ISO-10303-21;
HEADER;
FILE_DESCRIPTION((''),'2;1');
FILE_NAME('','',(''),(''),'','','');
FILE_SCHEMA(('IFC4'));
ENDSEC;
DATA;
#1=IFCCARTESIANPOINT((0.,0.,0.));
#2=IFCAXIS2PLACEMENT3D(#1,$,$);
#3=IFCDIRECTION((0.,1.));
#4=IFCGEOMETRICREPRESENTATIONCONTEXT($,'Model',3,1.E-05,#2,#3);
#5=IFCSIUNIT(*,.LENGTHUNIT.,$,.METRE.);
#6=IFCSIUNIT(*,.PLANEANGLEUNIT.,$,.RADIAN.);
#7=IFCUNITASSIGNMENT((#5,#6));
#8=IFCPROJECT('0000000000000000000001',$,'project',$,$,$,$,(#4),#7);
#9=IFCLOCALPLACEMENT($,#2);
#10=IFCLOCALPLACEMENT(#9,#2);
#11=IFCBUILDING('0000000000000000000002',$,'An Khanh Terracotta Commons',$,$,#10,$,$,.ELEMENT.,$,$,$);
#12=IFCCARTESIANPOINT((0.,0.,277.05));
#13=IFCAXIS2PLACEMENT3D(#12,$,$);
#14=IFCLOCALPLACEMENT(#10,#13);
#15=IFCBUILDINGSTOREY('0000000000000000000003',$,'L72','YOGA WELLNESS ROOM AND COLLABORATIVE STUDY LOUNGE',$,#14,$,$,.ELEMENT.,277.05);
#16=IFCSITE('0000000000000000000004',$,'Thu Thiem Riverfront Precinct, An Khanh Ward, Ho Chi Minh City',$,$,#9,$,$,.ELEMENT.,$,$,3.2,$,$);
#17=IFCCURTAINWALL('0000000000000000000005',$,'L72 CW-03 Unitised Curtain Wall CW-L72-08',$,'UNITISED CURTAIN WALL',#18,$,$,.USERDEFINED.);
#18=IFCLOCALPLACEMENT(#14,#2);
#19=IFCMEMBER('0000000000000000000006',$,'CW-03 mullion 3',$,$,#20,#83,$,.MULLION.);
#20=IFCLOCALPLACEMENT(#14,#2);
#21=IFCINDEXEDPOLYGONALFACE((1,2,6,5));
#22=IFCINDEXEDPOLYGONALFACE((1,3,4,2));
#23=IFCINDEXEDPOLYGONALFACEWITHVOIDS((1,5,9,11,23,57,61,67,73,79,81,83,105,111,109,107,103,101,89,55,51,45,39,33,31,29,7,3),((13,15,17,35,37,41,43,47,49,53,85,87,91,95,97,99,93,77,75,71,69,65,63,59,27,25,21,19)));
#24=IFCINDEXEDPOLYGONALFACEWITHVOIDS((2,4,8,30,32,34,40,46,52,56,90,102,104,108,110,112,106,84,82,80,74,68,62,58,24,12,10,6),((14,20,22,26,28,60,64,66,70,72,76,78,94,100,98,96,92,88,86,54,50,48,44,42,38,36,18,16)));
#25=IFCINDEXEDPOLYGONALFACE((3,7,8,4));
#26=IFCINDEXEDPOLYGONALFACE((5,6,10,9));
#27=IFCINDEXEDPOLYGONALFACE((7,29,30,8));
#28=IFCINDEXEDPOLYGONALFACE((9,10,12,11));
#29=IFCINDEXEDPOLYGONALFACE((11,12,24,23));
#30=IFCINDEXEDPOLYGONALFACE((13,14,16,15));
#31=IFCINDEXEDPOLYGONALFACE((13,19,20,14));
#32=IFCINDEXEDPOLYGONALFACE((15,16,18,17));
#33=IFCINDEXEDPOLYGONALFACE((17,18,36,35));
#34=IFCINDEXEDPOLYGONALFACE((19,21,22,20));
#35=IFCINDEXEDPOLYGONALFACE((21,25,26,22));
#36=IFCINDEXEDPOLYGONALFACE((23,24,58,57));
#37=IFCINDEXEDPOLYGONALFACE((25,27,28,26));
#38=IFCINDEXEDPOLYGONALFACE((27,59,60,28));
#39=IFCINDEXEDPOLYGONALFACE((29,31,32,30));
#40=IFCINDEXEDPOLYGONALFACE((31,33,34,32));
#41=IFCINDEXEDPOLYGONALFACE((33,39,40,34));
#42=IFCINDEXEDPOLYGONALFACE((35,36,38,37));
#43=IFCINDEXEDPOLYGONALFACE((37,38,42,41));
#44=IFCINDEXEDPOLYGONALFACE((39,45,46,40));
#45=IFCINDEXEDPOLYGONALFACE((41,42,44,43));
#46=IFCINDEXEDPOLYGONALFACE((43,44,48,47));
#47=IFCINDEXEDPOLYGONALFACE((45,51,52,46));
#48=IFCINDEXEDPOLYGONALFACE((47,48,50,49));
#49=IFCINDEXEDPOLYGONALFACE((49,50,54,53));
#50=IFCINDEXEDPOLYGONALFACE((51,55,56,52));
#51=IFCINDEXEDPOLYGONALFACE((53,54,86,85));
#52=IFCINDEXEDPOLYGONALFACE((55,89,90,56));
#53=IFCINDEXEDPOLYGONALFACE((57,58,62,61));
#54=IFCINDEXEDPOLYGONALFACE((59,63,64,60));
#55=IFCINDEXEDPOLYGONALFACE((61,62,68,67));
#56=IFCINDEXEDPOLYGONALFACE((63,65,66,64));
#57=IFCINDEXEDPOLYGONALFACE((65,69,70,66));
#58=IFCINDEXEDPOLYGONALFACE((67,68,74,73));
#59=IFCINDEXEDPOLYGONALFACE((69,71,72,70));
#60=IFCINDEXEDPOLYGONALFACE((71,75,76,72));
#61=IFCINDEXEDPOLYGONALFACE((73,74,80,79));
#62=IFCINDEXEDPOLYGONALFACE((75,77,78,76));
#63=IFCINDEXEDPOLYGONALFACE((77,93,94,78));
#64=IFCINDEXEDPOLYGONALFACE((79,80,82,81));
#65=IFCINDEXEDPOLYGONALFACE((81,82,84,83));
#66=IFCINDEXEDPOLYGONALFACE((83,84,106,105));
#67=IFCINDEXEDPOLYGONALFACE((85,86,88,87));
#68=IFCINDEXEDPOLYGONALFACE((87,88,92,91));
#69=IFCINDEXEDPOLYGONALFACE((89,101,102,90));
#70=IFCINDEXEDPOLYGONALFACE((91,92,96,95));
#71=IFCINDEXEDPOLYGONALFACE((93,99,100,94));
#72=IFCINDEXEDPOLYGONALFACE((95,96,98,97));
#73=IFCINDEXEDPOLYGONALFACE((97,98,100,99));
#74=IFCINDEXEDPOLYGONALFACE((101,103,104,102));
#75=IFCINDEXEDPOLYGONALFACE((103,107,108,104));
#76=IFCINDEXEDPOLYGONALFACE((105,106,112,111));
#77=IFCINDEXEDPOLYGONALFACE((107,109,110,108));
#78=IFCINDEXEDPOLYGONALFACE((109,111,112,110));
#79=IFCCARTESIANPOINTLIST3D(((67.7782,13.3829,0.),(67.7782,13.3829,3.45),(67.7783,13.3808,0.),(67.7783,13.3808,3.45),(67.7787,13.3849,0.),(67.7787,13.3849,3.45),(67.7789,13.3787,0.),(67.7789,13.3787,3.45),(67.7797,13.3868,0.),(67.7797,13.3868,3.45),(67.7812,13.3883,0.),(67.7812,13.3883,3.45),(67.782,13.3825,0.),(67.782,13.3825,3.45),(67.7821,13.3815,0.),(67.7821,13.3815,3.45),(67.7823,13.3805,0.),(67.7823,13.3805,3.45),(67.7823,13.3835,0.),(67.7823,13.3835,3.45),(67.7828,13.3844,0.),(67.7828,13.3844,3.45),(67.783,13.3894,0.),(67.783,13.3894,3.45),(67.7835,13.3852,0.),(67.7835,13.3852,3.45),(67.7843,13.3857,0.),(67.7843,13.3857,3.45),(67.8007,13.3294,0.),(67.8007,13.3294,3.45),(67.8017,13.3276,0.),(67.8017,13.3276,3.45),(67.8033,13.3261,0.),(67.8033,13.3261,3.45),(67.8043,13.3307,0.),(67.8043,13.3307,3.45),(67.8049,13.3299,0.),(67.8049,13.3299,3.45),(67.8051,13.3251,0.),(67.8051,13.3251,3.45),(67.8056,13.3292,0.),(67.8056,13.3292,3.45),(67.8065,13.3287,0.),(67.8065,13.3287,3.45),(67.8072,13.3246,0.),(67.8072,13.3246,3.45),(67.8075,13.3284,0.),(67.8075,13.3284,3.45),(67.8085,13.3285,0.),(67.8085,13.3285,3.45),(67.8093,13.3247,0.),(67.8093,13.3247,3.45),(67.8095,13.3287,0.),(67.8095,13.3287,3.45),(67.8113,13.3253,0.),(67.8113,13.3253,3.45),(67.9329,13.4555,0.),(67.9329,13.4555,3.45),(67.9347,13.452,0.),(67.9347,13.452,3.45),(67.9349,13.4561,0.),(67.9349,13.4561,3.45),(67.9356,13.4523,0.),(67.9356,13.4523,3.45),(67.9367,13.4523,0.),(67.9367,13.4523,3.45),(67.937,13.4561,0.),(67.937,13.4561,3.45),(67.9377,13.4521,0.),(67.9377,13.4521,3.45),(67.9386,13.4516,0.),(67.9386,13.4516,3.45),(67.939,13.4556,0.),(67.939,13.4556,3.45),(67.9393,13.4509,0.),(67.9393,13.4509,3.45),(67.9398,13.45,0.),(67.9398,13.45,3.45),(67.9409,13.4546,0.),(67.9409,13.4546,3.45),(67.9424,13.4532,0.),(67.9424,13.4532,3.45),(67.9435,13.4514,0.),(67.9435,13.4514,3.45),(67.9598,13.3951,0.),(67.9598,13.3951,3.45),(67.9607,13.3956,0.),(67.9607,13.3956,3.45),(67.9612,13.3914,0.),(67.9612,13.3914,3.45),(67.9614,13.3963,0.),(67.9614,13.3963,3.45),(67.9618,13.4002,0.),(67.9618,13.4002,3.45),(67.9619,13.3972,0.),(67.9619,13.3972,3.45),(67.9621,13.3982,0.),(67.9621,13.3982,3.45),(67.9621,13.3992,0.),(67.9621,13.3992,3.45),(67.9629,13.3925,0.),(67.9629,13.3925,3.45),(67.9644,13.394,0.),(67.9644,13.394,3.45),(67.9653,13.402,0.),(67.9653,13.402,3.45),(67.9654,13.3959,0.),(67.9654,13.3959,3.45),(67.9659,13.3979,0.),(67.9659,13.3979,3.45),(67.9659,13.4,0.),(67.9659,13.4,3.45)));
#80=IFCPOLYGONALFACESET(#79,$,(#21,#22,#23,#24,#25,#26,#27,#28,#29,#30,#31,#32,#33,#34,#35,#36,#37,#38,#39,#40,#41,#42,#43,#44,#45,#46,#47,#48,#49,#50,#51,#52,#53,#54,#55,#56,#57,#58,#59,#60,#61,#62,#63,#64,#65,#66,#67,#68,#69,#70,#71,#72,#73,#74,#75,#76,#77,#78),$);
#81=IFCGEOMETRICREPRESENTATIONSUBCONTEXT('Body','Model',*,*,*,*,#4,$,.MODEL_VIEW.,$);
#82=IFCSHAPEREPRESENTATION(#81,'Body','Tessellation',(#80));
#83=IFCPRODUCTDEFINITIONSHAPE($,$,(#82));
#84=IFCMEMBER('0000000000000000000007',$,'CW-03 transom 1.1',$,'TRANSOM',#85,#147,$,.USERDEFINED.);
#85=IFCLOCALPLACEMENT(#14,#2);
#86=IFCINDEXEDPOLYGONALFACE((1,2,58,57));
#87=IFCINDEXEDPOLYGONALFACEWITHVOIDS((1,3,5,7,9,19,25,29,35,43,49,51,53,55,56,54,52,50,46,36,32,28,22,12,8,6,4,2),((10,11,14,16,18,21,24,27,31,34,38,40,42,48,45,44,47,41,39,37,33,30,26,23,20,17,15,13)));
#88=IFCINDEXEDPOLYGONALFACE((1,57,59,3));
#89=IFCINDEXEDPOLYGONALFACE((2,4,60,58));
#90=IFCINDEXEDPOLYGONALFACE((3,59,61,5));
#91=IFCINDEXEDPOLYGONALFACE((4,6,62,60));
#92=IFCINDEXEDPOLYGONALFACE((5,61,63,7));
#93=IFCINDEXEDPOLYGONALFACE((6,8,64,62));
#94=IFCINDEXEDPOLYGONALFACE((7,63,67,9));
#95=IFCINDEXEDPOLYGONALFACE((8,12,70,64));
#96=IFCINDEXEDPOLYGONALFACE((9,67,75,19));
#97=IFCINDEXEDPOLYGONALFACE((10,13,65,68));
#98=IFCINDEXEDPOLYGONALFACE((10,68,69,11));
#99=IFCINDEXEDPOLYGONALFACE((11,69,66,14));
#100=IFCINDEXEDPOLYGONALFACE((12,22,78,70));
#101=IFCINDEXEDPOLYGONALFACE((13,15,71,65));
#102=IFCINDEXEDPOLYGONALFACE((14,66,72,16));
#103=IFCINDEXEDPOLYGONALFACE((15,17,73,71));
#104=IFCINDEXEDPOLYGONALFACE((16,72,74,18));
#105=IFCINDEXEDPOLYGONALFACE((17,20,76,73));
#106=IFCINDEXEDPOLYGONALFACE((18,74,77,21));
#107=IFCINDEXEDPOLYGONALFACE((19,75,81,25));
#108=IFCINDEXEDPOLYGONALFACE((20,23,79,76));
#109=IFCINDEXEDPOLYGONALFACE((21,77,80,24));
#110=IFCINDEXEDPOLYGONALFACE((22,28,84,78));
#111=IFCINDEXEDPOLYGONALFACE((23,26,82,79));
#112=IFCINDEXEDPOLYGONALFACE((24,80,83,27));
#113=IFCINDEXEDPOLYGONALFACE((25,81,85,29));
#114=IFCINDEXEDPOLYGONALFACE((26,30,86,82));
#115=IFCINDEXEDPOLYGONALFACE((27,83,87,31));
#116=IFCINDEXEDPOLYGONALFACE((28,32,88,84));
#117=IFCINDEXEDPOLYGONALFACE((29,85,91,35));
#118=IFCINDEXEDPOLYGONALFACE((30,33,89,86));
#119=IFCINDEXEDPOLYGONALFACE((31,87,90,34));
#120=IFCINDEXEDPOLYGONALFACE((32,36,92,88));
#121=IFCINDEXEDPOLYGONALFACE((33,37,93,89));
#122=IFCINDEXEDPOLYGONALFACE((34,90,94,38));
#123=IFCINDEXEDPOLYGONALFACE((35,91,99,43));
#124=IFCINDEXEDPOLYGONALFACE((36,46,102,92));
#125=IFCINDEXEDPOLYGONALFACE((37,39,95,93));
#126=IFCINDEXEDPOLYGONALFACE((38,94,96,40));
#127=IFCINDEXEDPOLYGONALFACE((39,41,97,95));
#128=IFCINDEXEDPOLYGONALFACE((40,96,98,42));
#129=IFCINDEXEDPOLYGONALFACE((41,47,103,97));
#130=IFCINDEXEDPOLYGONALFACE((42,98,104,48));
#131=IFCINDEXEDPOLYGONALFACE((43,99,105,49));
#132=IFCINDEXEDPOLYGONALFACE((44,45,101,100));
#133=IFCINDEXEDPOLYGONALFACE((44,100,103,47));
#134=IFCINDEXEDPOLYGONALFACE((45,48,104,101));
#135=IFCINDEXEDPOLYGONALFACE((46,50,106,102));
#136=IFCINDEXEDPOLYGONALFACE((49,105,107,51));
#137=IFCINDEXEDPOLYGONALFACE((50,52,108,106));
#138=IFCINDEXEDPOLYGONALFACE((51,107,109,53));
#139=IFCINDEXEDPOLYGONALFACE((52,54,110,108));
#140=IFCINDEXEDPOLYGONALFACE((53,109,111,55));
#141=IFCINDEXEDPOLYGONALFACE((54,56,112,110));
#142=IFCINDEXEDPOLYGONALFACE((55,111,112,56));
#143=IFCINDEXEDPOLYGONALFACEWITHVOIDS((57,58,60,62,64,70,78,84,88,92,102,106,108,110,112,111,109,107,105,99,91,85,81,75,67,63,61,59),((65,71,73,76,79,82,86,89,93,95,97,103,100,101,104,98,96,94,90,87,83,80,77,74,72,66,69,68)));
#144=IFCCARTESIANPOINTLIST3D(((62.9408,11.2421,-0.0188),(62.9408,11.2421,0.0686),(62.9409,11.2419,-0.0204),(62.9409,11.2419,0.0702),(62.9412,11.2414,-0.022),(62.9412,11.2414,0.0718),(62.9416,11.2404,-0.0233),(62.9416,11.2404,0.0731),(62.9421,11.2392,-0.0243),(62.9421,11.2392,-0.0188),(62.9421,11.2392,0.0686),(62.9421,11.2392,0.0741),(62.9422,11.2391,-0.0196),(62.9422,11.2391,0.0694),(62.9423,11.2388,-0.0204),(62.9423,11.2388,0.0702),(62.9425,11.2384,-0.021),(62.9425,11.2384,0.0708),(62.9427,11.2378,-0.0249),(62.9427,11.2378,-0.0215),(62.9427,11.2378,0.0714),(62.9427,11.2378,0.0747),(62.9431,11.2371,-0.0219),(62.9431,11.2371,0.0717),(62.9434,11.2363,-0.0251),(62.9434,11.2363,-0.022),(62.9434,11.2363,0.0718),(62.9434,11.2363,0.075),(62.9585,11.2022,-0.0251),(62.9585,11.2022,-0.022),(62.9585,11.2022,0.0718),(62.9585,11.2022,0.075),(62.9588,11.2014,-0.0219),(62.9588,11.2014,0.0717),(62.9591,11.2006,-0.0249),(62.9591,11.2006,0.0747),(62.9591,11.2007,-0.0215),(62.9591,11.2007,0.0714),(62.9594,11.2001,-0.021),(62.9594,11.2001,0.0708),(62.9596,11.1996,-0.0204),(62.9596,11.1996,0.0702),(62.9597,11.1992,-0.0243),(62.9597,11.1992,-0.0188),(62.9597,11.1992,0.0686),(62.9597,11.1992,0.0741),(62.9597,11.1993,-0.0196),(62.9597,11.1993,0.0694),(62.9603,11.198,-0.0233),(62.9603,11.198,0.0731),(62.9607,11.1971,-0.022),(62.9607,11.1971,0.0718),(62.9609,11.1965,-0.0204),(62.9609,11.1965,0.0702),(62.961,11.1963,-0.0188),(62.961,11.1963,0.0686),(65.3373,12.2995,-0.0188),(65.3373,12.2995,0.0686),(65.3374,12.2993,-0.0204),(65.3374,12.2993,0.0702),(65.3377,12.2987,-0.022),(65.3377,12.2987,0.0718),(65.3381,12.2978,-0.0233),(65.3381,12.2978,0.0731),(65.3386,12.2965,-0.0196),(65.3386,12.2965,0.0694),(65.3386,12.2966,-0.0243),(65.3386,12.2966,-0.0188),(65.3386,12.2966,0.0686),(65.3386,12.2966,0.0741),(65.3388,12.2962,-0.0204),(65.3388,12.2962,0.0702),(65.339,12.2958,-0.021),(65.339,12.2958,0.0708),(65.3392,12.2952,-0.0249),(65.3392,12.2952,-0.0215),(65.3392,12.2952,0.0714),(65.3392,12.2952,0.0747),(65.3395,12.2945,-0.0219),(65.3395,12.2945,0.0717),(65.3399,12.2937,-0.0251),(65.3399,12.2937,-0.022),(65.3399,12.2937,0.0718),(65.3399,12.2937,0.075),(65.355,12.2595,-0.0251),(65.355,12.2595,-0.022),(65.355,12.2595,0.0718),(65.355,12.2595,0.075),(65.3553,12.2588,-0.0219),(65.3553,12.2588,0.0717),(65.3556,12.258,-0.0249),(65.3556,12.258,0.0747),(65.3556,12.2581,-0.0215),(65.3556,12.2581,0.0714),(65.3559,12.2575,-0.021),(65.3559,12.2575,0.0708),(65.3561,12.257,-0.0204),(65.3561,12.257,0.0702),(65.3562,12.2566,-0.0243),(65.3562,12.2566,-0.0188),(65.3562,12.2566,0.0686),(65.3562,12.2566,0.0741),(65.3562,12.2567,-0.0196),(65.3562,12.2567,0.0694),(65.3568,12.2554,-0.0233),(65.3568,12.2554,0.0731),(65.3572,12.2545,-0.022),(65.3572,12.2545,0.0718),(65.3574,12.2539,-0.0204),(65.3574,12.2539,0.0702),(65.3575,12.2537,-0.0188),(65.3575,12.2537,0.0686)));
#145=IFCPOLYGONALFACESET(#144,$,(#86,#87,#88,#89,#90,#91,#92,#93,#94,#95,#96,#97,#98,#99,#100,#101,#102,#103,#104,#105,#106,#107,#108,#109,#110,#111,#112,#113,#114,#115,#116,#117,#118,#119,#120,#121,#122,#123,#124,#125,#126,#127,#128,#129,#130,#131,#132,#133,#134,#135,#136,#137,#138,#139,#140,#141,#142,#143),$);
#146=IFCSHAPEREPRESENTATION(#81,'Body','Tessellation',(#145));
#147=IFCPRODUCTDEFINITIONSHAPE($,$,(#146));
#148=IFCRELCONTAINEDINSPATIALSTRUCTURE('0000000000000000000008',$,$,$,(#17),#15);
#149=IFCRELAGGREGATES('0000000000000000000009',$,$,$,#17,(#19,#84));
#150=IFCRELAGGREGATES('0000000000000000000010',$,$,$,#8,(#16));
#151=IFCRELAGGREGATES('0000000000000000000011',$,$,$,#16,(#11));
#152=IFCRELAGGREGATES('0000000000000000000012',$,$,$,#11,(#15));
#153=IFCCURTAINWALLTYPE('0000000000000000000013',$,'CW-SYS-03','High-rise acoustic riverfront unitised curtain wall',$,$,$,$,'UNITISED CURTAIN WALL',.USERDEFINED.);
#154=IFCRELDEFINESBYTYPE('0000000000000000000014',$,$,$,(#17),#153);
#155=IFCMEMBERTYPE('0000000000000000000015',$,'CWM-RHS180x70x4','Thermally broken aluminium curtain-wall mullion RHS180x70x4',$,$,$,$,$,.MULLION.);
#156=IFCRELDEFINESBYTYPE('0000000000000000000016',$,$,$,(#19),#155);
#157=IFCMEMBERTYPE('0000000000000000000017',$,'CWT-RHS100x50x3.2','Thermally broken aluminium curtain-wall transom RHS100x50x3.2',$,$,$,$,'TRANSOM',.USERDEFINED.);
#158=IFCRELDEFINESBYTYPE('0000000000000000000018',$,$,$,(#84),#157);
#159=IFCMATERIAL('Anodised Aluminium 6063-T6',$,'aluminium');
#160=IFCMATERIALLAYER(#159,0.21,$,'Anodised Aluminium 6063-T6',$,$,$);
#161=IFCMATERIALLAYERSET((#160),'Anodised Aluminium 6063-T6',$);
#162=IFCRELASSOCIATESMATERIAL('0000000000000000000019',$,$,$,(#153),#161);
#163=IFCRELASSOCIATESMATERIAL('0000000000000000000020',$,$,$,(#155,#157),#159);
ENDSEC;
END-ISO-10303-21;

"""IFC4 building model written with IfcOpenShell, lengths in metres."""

from ifc_helpers import new_model, si_unit, direction, frame, origin, origin_2d, place, context, subcontext, project, spatial, hollow_rectangle, extrude, material, layer, layer_set, material_profile, profile_set, type_object, element, aggregate, save


model = new_model("IFC4")

# Units and contexts
model_context = context("Model", 3, precision=1e-05, world=origin(), true_north=direction((0.0, 1.0)))
body_context = subcontext(model_context, "Body", "Model", "MODEL_VIEW")
ifc_project = project(units=[si_unit("LENGTHUNIT", "METRE"), si_unit("PLANEANGLEUNIT", "RADIAN")], contexts=[model_context])

# Site, building, storey
site_placement = place(None, origin())
site = spatial("IfcSite", under=ifc_project, at=site_placement, Name="Thu Thiem Riverfront Precinct, An Khanh Ward, Ho Chi Minh City", CompositionType="ELEMENT", RefElevation=3.2)
building_placement = place(site_placement, origin())
building = spatial("IfcBuilding", under=site, at=building_placement, Name="An Khanh Terracotta Commons", CompositionType="ELEMENT")
storey_placement = place(building_placement, frame((0.0, 0.0, 277.05)))
storey = spatial("IfcBuildingStorey", under=building, at=storey_placement, Name="L72", Description="YOGA WELLNESS ROOM AND COLLABORATIVE STUDY LOUNGE", CompositionType="ELEMENT", Elevation=277.05)

# Curtain wall, members
ifc_material_1 = material(Name="Anodised Aluminium 6063-T6", Category="aluminium")
ifc_layer_1 = layer(ifc_material_1, 0.21, Name="Anodised Aluminium 6063-T6")
ifc_layer_set_1 = layer_set([ifc_layer_1], Name="Anodised Aluminium 6063-T6")
curtain_wall_type = type_object("IfcCurtainWallType", Name="CW-SYS-03", Description="High-rise acoustic riverfront unitised curtain wall", ElementType="UNITISED CURTAIN WALL", PredefinedType="USERDEFINED", material=ifc_layer_set_1)
curtain_wall_placement = place(storey_placement, origin())
curtain_wall = element("IfcCurtainWall", 1, at=curtain_wall_placement, inside=storey, type_object=curtain_wall_type, Name="L72 CW-03 Unitised Curtain Wall CW-L72-08", ObjectType="UNITISED CURTAIN WALL", PredefinedType="USERDEFINED")
ifc_material_profile_1 = material_profile(ifc_material_1, hollow_rectangle(XDim=0.0701, YDim=0.1799, WallThickness=0.0039, InnerFilletRadius=0.0039, OuterFilletRadius=0.0081, at=origin_2d()), Name="RHS180x70x4")
ifc_profile_set_1 = profile_set([ifc_material_profile_1], Name="Anodised Aluminium 6063-T6")
member_type_1 = type_object("IfcMemberType", Name="CWM-RHS180x70x4", Description="Thermally broken aluminium curtain-wall mullion RHS180x70x4", PredefinedType="MULLION", material=ifc_profile_set_1)
member_1_placement = place(storey_placement, frame((67.8721, 13.3904, 0.0), z_axis=(0.0, 0.0, 1.0), x_axis=(-0.403676, 0.914902, 0.0)))
member_1 = element("IfcMember", 2, at=member_1_placement, type_object=member_type_1, Name="CW-03 mullion 3", PredefinedType="MULLION", context=body_context, shape_type="SweptSolid", body=[
    extrude(hollow_rectangle(XDim=0.0701, YDim=0.1799, WallThickness=0.0039, InnerFilletRadius=0.0039, OuterFilletRadius=0.0081, at=origin_2d()), origin(), (0.0, 0.0, 1.0), 3.45),
])
ifc_material_profile_2 = material_profile(ifc_material_1, hollow_rectangle(XDim=0.05, YDim=0.1001, WallThickness=0.0032, InnerFilletRadius=0.0032, OuterFilletRadius=0.0063, at=origin_2d()), Name="RHS100x50x3.2")
ifc_profile_set_2 = profile_set([ifc_material_profile_2], Name="Anodised Aluminium 6063-T6")
member_type_2 = type_object("IfcMemberType", Name="CWT-RHS100x50x3.2", Description="Thermally broken aluminium curtain-wall transom RHS100x50x3.2", ElementType="TRANSOM", PredefinedType="USERDEFINED", material=ifc_profile_set_2)
member_2_placement = place(storey_placement, frame((62.9509, 11.2192, 0.0249), z_axis=(0.914904, 0.403672, 0.0), x_axis=(-0.403672, 0.914904, 0.0)))
member_2 = element("IfcMember", 3, at=member_2_placement, type_object=member_type_2, Name="CW-03 transom 1.1", ObjectType="TRANSOM", PredefinedType="USERDEFINED", context=body_context, shape_type="SweptSolid", body=[
    extrude(hollow_rectangle(XDim=0.05, YDim=0.1001, WallThickness=0.0032, InnerFilletRadius=0.0032, OuterFilletRadius=0.0063, at=origin_2d()), origin(), (0.0, 0.0, 1.0), 2.6194),
])
aggregate(curtain_wall, [member_1, member_2])

save(model, "model.ifc")
